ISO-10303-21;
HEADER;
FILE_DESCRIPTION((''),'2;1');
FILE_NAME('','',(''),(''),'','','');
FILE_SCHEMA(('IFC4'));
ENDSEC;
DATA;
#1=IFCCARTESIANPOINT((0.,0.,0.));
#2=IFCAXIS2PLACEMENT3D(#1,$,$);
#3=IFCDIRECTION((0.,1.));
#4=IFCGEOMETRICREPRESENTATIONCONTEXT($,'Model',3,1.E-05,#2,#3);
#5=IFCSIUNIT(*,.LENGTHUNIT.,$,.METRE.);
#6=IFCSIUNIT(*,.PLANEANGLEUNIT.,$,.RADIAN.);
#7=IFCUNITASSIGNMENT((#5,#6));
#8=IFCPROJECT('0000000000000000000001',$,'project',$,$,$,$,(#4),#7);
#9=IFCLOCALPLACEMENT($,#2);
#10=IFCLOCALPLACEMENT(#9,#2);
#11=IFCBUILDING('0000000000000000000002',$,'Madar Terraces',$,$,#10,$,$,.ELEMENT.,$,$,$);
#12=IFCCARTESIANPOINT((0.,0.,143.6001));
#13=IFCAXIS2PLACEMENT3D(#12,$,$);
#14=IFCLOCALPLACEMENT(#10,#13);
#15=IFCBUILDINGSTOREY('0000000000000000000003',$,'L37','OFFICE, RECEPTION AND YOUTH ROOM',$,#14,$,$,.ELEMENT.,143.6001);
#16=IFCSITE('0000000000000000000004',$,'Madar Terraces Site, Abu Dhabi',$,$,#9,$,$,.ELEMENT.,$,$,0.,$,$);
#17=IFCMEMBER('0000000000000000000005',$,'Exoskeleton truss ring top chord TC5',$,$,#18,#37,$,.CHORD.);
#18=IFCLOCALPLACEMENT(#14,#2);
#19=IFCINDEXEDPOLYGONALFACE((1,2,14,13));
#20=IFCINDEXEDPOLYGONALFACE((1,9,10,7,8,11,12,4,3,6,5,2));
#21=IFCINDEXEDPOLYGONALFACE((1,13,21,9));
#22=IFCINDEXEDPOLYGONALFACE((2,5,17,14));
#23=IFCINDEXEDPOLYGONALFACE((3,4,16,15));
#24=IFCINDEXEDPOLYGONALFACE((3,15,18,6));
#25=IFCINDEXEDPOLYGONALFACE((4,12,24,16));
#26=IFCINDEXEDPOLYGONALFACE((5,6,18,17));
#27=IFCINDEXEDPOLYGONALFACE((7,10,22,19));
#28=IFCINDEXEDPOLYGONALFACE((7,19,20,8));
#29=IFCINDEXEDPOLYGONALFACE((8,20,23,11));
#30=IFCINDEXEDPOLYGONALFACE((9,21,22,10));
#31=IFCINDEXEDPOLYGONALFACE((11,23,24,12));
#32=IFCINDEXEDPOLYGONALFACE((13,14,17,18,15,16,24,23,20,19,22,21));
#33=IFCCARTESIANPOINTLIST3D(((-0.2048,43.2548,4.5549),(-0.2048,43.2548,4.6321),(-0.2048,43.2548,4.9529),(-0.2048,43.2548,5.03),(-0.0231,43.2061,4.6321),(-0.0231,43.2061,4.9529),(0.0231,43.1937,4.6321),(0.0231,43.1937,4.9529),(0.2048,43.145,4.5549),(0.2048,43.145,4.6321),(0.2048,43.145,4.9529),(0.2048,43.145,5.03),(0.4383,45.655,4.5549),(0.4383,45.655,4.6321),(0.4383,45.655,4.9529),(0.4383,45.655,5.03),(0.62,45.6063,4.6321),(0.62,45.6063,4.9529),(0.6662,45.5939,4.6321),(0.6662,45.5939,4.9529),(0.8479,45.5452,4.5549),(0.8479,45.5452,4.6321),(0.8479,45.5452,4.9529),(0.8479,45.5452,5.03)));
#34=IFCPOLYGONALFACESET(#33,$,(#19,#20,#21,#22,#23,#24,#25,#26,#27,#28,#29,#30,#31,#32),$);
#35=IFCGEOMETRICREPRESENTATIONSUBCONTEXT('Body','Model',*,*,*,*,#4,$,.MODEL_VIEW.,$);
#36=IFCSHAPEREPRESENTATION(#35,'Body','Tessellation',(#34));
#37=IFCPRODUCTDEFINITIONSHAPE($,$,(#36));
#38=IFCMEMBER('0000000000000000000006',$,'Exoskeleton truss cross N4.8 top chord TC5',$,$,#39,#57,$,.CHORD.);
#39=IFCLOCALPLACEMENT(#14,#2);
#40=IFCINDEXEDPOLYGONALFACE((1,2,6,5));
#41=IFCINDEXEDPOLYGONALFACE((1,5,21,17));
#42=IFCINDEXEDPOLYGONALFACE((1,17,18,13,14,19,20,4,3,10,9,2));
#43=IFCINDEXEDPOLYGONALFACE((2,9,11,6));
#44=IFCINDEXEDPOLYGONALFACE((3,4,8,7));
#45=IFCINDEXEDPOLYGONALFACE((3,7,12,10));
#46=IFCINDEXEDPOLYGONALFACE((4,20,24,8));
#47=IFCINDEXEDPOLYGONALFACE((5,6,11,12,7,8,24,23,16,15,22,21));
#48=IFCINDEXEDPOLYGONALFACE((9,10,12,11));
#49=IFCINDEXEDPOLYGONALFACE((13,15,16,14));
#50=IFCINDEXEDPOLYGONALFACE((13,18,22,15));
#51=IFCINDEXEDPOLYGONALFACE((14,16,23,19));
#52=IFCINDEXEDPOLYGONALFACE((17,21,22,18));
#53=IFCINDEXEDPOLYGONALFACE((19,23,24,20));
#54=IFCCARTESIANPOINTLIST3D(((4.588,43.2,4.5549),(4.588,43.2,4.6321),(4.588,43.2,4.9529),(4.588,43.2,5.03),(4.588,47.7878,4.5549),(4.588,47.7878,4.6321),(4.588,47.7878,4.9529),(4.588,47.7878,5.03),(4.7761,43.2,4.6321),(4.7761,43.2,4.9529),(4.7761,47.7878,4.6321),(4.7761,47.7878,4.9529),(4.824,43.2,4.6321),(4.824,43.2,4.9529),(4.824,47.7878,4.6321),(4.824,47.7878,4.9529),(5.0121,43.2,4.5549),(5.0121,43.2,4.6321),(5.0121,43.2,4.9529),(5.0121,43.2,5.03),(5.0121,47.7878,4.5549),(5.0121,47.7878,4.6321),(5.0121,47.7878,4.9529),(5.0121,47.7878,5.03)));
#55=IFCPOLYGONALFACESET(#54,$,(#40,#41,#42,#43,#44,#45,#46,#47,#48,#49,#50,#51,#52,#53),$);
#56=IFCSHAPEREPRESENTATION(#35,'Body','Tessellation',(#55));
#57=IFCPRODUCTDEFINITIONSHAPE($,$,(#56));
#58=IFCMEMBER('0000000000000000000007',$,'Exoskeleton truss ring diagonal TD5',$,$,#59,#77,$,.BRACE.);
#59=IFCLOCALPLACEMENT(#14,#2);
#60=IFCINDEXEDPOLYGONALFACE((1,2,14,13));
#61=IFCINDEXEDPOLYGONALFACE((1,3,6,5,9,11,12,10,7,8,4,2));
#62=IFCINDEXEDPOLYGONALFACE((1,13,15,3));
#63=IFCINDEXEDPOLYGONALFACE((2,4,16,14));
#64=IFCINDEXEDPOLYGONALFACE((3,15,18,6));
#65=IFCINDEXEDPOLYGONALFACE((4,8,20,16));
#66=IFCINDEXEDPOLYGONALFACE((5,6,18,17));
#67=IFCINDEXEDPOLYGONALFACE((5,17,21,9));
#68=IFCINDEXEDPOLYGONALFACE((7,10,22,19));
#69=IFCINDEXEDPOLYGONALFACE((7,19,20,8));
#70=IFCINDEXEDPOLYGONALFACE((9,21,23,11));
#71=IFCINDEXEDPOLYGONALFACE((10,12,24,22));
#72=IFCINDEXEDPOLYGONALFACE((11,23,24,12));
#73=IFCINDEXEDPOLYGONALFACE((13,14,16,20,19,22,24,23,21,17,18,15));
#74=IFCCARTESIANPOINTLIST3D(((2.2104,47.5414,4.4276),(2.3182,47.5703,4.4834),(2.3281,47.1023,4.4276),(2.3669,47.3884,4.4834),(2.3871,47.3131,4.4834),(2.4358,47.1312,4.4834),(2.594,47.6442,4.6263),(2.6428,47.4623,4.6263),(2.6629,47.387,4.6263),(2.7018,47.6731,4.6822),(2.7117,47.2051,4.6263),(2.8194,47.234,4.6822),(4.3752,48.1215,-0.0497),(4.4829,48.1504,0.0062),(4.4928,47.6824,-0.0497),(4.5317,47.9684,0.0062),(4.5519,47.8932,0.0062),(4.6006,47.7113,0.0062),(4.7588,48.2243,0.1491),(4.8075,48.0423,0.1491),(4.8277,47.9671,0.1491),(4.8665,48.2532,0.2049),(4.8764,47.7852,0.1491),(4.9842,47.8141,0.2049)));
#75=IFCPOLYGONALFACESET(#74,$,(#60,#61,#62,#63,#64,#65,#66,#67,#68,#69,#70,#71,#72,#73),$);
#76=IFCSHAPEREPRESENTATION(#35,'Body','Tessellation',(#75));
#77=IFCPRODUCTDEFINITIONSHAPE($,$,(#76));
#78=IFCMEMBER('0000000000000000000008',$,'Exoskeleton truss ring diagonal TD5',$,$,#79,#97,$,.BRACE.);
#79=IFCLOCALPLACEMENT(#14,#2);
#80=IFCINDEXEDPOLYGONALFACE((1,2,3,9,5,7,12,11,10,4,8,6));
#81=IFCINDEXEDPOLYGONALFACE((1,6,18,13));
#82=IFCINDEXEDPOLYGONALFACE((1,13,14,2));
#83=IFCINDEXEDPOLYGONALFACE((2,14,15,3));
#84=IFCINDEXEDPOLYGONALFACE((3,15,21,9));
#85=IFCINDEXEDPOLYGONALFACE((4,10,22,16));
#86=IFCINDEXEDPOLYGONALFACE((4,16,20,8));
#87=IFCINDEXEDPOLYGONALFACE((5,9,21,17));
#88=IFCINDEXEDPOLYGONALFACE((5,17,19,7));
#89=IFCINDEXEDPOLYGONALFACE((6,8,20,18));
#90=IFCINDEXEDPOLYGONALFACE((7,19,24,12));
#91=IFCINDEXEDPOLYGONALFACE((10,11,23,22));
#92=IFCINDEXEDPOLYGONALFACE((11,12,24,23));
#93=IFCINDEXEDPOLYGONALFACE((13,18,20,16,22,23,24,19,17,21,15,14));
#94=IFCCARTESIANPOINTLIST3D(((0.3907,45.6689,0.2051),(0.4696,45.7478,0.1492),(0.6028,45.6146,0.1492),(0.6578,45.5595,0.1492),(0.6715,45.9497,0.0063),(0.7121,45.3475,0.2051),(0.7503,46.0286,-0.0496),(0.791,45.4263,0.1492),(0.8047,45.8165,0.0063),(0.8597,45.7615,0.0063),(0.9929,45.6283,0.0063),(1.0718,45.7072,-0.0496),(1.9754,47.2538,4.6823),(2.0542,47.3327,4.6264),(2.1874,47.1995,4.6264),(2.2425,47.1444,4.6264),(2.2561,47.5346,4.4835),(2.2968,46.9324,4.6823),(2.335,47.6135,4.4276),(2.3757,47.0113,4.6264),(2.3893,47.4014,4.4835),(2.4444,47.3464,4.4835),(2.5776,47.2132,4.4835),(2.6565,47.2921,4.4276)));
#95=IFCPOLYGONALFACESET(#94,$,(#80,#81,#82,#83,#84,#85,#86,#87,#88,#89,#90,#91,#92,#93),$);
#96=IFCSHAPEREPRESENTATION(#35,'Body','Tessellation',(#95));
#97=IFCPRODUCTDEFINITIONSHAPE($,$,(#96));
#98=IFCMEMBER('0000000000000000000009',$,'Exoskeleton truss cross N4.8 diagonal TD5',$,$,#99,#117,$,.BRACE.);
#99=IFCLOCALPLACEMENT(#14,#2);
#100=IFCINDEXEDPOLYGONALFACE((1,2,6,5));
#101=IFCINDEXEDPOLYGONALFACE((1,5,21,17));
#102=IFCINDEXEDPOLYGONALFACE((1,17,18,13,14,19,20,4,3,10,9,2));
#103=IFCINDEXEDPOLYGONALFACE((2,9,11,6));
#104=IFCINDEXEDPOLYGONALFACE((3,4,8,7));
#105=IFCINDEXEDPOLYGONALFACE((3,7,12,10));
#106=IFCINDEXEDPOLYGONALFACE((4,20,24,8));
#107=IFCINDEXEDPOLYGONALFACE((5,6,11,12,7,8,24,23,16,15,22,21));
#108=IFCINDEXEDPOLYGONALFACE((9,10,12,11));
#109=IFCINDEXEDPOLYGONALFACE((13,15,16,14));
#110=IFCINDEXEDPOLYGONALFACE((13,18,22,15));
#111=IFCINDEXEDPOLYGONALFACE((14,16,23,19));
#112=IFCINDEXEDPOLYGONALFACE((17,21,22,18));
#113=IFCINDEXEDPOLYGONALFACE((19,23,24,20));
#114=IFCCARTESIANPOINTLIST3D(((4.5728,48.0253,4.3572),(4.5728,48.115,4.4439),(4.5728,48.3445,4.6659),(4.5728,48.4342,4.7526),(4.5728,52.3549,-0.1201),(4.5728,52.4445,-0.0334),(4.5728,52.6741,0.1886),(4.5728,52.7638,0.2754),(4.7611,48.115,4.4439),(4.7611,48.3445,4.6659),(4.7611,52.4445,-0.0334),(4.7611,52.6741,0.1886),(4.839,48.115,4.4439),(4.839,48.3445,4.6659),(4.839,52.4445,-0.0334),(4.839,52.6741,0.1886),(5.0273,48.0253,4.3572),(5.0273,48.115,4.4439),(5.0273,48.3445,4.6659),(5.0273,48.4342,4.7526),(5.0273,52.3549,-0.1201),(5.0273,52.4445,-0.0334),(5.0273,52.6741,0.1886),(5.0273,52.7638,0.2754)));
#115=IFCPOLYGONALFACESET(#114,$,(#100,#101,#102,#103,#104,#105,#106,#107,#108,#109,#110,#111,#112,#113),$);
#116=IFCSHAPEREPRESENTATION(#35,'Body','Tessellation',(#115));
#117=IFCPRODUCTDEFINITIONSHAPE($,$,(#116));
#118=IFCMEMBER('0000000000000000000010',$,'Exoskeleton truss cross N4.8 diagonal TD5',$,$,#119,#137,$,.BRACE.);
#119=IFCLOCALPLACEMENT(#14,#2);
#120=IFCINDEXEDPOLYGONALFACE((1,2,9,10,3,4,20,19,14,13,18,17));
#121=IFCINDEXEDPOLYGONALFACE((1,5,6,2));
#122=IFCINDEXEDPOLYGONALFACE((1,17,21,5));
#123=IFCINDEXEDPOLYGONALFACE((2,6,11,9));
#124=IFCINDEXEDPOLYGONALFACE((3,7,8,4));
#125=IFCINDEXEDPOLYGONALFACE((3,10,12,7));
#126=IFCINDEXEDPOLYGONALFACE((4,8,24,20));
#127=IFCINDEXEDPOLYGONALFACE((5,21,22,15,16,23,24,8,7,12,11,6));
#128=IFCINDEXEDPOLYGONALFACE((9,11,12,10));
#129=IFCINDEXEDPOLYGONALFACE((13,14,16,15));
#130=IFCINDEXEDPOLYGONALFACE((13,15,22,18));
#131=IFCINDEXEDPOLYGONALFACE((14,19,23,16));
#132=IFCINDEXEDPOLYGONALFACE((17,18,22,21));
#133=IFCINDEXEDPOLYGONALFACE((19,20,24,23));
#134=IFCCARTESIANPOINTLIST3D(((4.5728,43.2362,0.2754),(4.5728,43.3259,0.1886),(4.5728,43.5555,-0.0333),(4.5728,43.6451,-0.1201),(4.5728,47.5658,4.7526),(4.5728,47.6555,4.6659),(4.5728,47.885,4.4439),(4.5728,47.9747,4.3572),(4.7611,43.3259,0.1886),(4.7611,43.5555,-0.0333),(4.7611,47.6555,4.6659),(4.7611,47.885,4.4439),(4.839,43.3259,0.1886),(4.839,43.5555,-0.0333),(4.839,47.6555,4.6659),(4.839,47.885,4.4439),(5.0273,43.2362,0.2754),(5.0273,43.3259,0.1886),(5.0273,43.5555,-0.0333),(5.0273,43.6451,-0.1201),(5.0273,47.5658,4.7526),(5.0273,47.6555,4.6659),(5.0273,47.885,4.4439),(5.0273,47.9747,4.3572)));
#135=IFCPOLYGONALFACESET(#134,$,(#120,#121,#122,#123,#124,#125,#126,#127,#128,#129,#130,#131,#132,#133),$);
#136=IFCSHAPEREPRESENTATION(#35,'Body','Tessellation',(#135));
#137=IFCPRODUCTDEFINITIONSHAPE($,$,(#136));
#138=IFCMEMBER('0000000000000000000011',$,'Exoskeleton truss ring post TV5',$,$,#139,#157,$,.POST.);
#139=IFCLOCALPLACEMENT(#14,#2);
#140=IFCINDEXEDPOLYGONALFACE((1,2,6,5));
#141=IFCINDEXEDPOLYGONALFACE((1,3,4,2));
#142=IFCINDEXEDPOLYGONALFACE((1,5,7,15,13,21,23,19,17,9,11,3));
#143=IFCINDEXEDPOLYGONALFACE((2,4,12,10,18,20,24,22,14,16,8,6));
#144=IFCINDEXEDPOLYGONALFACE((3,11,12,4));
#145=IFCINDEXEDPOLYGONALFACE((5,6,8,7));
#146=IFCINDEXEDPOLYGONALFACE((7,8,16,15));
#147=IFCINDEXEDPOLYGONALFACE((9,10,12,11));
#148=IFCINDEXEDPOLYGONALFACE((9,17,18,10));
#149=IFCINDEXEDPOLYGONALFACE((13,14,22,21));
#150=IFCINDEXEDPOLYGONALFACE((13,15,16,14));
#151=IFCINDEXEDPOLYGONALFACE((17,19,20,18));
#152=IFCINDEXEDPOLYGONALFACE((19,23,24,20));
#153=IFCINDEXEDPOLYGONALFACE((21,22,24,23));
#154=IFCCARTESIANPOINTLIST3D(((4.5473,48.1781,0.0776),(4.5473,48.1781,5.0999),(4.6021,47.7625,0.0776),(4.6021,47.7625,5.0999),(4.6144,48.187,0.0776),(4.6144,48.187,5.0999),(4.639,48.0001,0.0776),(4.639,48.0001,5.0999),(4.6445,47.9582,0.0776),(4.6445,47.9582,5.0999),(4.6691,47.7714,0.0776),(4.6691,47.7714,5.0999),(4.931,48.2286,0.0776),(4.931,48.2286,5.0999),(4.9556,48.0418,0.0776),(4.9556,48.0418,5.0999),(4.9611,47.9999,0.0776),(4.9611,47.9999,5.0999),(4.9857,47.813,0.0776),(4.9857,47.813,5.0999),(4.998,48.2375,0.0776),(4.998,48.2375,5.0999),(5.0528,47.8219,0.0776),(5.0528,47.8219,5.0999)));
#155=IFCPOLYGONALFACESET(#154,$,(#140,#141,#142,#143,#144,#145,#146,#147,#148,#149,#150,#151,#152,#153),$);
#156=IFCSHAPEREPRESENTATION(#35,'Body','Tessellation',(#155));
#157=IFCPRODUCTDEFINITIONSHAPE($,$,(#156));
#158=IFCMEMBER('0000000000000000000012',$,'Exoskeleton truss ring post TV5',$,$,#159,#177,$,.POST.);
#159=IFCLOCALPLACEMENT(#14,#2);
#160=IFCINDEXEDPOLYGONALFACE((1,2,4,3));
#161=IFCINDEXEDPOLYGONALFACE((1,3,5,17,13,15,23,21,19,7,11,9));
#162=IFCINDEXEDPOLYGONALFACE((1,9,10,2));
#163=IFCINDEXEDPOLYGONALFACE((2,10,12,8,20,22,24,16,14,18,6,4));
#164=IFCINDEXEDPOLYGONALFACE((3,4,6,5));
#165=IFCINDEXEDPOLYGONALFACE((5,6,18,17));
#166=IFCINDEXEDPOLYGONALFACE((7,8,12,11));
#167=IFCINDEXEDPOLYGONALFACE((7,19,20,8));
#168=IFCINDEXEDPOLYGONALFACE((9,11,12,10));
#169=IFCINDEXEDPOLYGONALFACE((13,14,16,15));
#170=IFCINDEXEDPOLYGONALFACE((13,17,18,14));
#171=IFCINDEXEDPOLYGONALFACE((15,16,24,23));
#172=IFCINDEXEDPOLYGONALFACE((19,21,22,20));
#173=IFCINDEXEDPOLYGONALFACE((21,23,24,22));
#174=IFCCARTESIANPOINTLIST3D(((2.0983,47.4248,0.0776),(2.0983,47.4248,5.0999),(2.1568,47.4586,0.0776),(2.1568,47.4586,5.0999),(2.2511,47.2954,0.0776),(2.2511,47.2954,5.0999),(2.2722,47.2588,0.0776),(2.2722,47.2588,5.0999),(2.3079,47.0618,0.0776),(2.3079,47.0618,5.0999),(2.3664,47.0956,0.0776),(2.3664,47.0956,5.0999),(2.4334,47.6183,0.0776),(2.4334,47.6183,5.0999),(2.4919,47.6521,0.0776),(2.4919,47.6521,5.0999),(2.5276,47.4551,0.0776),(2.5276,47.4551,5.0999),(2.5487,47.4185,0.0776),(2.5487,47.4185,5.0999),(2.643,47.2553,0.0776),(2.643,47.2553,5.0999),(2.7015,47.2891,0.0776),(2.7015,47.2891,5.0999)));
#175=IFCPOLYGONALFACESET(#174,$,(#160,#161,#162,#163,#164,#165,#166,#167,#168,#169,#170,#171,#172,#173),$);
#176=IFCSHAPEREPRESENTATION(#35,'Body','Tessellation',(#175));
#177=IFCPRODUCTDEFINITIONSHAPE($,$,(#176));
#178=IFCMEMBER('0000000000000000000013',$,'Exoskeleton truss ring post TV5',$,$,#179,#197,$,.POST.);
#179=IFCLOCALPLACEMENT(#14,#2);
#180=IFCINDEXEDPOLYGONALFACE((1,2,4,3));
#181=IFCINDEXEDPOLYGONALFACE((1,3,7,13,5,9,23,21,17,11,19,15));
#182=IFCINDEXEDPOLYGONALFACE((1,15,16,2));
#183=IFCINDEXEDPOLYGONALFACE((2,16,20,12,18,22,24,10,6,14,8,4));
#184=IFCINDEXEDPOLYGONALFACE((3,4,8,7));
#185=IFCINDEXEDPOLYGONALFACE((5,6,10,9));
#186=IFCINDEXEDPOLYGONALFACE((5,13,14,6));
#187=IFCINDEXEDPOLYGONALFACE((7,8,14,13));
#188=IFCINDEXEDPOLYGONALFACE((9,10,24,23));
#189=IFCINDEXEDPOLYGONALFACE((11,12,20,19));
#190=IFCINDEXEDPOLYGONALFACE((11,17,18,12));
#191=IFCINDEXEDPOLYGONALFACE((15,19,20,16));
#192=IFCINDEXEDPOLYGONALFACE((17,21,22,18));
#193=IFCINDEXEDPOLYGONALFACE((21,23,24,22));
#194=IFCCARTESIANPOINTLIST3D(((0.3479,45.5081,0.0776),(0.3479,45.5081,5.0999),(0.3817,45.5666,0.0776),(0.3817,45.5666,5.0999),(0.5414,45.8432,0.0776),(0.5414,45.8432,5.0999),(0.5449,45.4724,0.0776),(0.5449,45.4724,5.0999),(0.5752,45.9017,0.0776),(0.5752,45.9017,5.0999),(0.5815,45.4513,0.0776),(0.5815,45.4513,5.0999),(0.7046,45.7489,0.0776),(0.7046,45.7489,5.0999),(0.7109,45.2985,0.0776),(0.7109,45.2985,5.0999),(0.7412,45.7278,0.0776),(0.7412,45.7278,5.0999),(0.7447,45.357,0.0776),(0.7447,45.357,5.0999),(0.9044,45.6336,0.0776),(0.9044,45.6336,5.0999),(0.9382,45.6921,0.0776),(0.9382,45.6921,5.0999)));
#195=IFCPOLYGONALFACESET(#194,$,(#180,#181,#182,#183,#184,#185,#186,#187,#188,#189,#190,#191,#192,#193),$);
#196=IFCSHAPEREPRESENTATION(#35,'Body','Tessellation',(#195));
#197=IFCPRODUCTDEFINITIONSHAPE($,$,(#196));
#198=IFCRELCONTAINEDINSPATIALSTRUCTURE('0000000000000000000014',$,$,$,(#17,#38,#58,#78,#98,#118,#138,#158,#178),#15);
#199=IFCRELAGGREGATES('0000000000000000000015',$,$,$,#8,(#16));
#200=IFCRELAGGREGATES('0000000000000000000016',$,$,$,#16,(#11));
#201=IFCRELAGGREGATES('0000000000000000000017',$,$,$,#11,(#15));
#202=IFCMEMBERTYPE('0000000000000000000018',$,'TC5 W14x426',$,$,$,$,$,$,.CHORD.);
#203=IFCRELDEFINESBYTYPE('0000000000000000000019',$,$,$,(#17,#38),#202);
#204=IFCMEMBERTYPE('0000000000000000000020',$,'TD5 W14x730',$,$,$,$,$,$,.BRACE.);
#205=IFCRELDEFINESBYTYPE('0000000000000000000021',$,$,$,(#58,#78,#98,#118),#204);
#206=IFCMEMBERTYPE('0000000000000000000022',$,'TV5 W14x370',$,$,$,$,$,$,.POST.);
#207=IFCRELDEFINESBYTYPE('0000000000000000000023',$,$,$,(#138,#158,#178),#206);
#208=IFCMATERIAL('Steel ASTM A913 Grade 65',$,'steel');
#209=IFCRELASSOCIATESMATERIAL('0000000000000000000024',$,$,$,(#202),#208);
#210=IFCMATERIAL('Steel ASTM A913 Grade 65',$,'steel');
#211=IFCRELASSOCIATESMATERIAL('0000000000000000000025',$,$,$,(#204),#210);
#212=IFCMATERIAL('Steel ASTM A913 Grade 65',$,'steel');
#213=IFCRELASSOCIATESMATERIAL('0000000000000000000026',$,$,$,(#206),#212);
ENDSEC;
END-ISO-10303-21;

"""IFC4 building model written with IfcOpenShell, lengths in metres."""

from ifc_helpers import new_model, si_unit, direction, frame, origin, origin_2d, place, context, subcontext, project, spatial, i_section, extrude, material, material_profile, profile_set, type_object, element, save


model = new_model("IFC4")

# Units and contexts
model_context = context("Model", 3, precision=1e-05, world=origin(), true_north=direction((0.0, 1.0)))
body_context = subcontext(model_context, "Body", "Model", "MODEL_VIEW")
ifc_project = project(units=[si_unit("LENGTHUNIT", "METRE"), si_unit("PLANEANGLEUNIT", "RADIAN")], contexts=[model_context])

# Site, building, storey
site_placement = place(None, origin())
site = spatial("IfcSite", under=ifc_project, at=site_placement, Name="Madar Terraces Site, Abu Dhabi", CompositionType="ELEMENT", RefElevation=0.0)
building_placement = place(site_placement, origin())
building = spatial("IfcBuilding", under=site, at=building_placement, Name="Madar Terraces", CompositionType="ELEMENT")
storey_placement = place(building_placement, frame((0.0, 0.0, 143.6001)))
storey = spatial("IfcBuildingStorey", under=building, at=storey_placement, Name="L37", Description="OFFICE, RECEPTION AND YOUTH ROOM", CompositionType="ELEMENT", Elevation=143.6001)

# Members
ifc_material_1 = material(Name="Steel ASTM A913 Grade 65", Category="steel")
ifc_material_profile_1 = material_profile(ifc_material_1, i_section(OverallWidth=0.4241, OverallDepth=0.4751, WebThickness=0.0479, FlangeThickness=0.0771, at=origin_2d()), Name="W14x426")
ifc_profile_set_1 = profile_set([ifc_material_profile_1], Name="Steel ASTM A913 Grade 65")
member_type_1 = type_object("IfcMemberType", Name="TC5 W14x426", PredefinedType="CHORD", material=ifc_profile_set_1)
member_1_placement = place(storey_placement, frame((0.6431, 45.6001, 4.7925), z_axis=(-0.2588, -0.965931, 0.0), x_axis=(0.965931, -0.2588, 0.0)))
element("IfcMember", 1, at=member_1_placement, inside=storey, type_object=member_type_1, Name="Exoskeleton truss ring top chord TC5", PredefinedType="CHORD", context=body_context, shape_type="SweptSolid", body=[
    extrude(i_section(OverallWidth=0.4241, OverallDepth=0.4751, WebThickness=0.0479, FlangeThickness=0.0771, at=origin_2d()), origin(), (0.0, 0.0, 1.0), 2.4849),
])
member_2_placement = place(storey_placement, frame((4.8, 47.7878, 4.7925), z_axis=(0.0, -1.0, 0.0), x_axis=(1.0, 0.0, 0.0)))
element("IfcMember", 2, at=member_2_placement, inside=storey, type_object=member_type_1, Name="Exoskeleton truss cross N4.8 top chord TC5", PredefinedType="CHORD", context=body_context, shape_type="SweptSolid", body=[
    extrude(i_section(OverallWidth=0.4241, OverallDepth=0.4751, WebThickness=0.0479, FlangeThickness=0.0771, at=origin_2d()), origin(), (0.0, 0.0, 1.0), 4.5879),
])
ifc_material_2 = material(Name="Steel ASTM A913 Grade 65", Category="steel")
ifc_material_profile_2 = material_profile(ifc_material_2, i_section(OverallWidth=0.4546, OverallDepth=0.5688, WebThickness=0.0779, FlangeThickness=0.1248, at=origin_2d()), Name="W14x730")
ifc_profile_set_2 = profile_set([ifc_material_profile_2], Name="Steel ASTM A913 Grade 65")
member_type_2 = type_object("IfcMemberType", Name="TD5 W14x730", PredefinedType="BRACE", material=ifc_profile_set_2)
for number, where, z_axis, x_axis, name in (
    (3, (4.6797, 47.9678, 0.0776), (-0.432363, -0.115856, 0.894226), (0.258829, -0.965923, 0.0), "Exoskeleton truss ring diagonal TD5"),
    (4, (2.3159, 47.2729, 4.5549), (-0.316503, -0.316552, -0.894215), (0.707161, -0.707052, 0.0), "Exoskeleton truss ring diagonal TD5"),
):
    element("IfcMember", number, at=place(storey_placement, frame(where, z_axis=z_axis, x_axis=x_axis)), inside=storey, type_object=member_type_2, Name=name, PredefinedType="BRACE", context=body_context, shape_type="SweptSolid", body=[
        extrude(i_section(OverallWidth=0.4546, OverallDepth=0.5688, WebThickness=0.0779, FlangeThickness=0.1248, at=origin_2d()), origin(), (0.0, 0.0, 1.0), 5.0068),
    ])
for number, where, z_axis, x_axis, name in (
    (5, (4.8, 52.5593, 0.0776), (0.0, -0.69515, 0.718865), (1.0, 0.0, 0.0), "Exoskeleton truss cross N4.8 diagonal TD5"),
    (6, (4.8, 47.7703, 4.5549), (0.0, -0.69515, -0.718865), (1.0, 0.0, 0.0), "Exoskeleton truss cross N4.8 diagonal TD5"),
):
    element("IfcMember", number, at=place(storey_placement, frame(where, z_axis=z_axis, x_axis=x_axis)), inside=storey, type_object=member_type_2, Name=name, PredefinedType="BRACE", context=body_context, shape_type="SweptSolid", body=[
        extrude(i_section(OverallWidth=0.4546, OverallDepth=0.5688, WebThickness=0.0779, FlangeThickness=0.1248, at=origin_2d()), origin(), (0.0, 0.0, 1.0), 6.2283),
    ])
ifc_material_3 = material(Name="Steel ASTM A913 Grade 65", Category="steel")
ifc_material_profile_3 = material_profile(ifc_material_3, i_section(OverallWidth=0.4192, OverallDepth=0.4546, WebThickness=0.0422, FlangeThickness=0.0676, at=origin_2d()), Name="W14x370")
ifc_profile_set_3 = profile_set([ifc_material_profile_3], Name="Steel ASTM A913 Grade 65")
member_type_3 = type_object("IfcMemberType", Name="TV5 W14x370", PredefinedType="POST", material=ifc_profile_set_3)
for number, where, z_axis, x_axis, name in (
    (7, (4.8, 48.0, 0.0776), (0.0, 0.0, 1.0), (0.130526, -0.991445, 0.0), "Exoskeleton truss ring post TV5"),
    (8, (2.3999, 47.3569, 0.0776), (0.0, 0.0, 1.0), (0.5, -0.866025, 0.0), "Exoskeleton truss ring post TV5"),
    (9, (0.6431, 45.6001, 0.0776), (0.0, 0.0, 1.0), (0.866025, -0.5, 0.0), "Exoskeleton truss ring post TV5"),
):
    element("IfcMember", number, at=place(storey_placement, frame(where, z_axis=z_axis, x_axis=x_axis)), inside=storey, type_object=member_type_3, Name=name, PredefinedType="POST", context=body_context, shape_type="SweptSolid", body=[
        extrude(i_section(OverallWidth=0.4192, OverallDepth=0.4546, WebThickness=0.0422, FlangeThickness=0.0676, at=origin_2d()), origin(), (0.0, 0.0, 1.0), 5.0222),
    ])

save(model, "model.ifc")
